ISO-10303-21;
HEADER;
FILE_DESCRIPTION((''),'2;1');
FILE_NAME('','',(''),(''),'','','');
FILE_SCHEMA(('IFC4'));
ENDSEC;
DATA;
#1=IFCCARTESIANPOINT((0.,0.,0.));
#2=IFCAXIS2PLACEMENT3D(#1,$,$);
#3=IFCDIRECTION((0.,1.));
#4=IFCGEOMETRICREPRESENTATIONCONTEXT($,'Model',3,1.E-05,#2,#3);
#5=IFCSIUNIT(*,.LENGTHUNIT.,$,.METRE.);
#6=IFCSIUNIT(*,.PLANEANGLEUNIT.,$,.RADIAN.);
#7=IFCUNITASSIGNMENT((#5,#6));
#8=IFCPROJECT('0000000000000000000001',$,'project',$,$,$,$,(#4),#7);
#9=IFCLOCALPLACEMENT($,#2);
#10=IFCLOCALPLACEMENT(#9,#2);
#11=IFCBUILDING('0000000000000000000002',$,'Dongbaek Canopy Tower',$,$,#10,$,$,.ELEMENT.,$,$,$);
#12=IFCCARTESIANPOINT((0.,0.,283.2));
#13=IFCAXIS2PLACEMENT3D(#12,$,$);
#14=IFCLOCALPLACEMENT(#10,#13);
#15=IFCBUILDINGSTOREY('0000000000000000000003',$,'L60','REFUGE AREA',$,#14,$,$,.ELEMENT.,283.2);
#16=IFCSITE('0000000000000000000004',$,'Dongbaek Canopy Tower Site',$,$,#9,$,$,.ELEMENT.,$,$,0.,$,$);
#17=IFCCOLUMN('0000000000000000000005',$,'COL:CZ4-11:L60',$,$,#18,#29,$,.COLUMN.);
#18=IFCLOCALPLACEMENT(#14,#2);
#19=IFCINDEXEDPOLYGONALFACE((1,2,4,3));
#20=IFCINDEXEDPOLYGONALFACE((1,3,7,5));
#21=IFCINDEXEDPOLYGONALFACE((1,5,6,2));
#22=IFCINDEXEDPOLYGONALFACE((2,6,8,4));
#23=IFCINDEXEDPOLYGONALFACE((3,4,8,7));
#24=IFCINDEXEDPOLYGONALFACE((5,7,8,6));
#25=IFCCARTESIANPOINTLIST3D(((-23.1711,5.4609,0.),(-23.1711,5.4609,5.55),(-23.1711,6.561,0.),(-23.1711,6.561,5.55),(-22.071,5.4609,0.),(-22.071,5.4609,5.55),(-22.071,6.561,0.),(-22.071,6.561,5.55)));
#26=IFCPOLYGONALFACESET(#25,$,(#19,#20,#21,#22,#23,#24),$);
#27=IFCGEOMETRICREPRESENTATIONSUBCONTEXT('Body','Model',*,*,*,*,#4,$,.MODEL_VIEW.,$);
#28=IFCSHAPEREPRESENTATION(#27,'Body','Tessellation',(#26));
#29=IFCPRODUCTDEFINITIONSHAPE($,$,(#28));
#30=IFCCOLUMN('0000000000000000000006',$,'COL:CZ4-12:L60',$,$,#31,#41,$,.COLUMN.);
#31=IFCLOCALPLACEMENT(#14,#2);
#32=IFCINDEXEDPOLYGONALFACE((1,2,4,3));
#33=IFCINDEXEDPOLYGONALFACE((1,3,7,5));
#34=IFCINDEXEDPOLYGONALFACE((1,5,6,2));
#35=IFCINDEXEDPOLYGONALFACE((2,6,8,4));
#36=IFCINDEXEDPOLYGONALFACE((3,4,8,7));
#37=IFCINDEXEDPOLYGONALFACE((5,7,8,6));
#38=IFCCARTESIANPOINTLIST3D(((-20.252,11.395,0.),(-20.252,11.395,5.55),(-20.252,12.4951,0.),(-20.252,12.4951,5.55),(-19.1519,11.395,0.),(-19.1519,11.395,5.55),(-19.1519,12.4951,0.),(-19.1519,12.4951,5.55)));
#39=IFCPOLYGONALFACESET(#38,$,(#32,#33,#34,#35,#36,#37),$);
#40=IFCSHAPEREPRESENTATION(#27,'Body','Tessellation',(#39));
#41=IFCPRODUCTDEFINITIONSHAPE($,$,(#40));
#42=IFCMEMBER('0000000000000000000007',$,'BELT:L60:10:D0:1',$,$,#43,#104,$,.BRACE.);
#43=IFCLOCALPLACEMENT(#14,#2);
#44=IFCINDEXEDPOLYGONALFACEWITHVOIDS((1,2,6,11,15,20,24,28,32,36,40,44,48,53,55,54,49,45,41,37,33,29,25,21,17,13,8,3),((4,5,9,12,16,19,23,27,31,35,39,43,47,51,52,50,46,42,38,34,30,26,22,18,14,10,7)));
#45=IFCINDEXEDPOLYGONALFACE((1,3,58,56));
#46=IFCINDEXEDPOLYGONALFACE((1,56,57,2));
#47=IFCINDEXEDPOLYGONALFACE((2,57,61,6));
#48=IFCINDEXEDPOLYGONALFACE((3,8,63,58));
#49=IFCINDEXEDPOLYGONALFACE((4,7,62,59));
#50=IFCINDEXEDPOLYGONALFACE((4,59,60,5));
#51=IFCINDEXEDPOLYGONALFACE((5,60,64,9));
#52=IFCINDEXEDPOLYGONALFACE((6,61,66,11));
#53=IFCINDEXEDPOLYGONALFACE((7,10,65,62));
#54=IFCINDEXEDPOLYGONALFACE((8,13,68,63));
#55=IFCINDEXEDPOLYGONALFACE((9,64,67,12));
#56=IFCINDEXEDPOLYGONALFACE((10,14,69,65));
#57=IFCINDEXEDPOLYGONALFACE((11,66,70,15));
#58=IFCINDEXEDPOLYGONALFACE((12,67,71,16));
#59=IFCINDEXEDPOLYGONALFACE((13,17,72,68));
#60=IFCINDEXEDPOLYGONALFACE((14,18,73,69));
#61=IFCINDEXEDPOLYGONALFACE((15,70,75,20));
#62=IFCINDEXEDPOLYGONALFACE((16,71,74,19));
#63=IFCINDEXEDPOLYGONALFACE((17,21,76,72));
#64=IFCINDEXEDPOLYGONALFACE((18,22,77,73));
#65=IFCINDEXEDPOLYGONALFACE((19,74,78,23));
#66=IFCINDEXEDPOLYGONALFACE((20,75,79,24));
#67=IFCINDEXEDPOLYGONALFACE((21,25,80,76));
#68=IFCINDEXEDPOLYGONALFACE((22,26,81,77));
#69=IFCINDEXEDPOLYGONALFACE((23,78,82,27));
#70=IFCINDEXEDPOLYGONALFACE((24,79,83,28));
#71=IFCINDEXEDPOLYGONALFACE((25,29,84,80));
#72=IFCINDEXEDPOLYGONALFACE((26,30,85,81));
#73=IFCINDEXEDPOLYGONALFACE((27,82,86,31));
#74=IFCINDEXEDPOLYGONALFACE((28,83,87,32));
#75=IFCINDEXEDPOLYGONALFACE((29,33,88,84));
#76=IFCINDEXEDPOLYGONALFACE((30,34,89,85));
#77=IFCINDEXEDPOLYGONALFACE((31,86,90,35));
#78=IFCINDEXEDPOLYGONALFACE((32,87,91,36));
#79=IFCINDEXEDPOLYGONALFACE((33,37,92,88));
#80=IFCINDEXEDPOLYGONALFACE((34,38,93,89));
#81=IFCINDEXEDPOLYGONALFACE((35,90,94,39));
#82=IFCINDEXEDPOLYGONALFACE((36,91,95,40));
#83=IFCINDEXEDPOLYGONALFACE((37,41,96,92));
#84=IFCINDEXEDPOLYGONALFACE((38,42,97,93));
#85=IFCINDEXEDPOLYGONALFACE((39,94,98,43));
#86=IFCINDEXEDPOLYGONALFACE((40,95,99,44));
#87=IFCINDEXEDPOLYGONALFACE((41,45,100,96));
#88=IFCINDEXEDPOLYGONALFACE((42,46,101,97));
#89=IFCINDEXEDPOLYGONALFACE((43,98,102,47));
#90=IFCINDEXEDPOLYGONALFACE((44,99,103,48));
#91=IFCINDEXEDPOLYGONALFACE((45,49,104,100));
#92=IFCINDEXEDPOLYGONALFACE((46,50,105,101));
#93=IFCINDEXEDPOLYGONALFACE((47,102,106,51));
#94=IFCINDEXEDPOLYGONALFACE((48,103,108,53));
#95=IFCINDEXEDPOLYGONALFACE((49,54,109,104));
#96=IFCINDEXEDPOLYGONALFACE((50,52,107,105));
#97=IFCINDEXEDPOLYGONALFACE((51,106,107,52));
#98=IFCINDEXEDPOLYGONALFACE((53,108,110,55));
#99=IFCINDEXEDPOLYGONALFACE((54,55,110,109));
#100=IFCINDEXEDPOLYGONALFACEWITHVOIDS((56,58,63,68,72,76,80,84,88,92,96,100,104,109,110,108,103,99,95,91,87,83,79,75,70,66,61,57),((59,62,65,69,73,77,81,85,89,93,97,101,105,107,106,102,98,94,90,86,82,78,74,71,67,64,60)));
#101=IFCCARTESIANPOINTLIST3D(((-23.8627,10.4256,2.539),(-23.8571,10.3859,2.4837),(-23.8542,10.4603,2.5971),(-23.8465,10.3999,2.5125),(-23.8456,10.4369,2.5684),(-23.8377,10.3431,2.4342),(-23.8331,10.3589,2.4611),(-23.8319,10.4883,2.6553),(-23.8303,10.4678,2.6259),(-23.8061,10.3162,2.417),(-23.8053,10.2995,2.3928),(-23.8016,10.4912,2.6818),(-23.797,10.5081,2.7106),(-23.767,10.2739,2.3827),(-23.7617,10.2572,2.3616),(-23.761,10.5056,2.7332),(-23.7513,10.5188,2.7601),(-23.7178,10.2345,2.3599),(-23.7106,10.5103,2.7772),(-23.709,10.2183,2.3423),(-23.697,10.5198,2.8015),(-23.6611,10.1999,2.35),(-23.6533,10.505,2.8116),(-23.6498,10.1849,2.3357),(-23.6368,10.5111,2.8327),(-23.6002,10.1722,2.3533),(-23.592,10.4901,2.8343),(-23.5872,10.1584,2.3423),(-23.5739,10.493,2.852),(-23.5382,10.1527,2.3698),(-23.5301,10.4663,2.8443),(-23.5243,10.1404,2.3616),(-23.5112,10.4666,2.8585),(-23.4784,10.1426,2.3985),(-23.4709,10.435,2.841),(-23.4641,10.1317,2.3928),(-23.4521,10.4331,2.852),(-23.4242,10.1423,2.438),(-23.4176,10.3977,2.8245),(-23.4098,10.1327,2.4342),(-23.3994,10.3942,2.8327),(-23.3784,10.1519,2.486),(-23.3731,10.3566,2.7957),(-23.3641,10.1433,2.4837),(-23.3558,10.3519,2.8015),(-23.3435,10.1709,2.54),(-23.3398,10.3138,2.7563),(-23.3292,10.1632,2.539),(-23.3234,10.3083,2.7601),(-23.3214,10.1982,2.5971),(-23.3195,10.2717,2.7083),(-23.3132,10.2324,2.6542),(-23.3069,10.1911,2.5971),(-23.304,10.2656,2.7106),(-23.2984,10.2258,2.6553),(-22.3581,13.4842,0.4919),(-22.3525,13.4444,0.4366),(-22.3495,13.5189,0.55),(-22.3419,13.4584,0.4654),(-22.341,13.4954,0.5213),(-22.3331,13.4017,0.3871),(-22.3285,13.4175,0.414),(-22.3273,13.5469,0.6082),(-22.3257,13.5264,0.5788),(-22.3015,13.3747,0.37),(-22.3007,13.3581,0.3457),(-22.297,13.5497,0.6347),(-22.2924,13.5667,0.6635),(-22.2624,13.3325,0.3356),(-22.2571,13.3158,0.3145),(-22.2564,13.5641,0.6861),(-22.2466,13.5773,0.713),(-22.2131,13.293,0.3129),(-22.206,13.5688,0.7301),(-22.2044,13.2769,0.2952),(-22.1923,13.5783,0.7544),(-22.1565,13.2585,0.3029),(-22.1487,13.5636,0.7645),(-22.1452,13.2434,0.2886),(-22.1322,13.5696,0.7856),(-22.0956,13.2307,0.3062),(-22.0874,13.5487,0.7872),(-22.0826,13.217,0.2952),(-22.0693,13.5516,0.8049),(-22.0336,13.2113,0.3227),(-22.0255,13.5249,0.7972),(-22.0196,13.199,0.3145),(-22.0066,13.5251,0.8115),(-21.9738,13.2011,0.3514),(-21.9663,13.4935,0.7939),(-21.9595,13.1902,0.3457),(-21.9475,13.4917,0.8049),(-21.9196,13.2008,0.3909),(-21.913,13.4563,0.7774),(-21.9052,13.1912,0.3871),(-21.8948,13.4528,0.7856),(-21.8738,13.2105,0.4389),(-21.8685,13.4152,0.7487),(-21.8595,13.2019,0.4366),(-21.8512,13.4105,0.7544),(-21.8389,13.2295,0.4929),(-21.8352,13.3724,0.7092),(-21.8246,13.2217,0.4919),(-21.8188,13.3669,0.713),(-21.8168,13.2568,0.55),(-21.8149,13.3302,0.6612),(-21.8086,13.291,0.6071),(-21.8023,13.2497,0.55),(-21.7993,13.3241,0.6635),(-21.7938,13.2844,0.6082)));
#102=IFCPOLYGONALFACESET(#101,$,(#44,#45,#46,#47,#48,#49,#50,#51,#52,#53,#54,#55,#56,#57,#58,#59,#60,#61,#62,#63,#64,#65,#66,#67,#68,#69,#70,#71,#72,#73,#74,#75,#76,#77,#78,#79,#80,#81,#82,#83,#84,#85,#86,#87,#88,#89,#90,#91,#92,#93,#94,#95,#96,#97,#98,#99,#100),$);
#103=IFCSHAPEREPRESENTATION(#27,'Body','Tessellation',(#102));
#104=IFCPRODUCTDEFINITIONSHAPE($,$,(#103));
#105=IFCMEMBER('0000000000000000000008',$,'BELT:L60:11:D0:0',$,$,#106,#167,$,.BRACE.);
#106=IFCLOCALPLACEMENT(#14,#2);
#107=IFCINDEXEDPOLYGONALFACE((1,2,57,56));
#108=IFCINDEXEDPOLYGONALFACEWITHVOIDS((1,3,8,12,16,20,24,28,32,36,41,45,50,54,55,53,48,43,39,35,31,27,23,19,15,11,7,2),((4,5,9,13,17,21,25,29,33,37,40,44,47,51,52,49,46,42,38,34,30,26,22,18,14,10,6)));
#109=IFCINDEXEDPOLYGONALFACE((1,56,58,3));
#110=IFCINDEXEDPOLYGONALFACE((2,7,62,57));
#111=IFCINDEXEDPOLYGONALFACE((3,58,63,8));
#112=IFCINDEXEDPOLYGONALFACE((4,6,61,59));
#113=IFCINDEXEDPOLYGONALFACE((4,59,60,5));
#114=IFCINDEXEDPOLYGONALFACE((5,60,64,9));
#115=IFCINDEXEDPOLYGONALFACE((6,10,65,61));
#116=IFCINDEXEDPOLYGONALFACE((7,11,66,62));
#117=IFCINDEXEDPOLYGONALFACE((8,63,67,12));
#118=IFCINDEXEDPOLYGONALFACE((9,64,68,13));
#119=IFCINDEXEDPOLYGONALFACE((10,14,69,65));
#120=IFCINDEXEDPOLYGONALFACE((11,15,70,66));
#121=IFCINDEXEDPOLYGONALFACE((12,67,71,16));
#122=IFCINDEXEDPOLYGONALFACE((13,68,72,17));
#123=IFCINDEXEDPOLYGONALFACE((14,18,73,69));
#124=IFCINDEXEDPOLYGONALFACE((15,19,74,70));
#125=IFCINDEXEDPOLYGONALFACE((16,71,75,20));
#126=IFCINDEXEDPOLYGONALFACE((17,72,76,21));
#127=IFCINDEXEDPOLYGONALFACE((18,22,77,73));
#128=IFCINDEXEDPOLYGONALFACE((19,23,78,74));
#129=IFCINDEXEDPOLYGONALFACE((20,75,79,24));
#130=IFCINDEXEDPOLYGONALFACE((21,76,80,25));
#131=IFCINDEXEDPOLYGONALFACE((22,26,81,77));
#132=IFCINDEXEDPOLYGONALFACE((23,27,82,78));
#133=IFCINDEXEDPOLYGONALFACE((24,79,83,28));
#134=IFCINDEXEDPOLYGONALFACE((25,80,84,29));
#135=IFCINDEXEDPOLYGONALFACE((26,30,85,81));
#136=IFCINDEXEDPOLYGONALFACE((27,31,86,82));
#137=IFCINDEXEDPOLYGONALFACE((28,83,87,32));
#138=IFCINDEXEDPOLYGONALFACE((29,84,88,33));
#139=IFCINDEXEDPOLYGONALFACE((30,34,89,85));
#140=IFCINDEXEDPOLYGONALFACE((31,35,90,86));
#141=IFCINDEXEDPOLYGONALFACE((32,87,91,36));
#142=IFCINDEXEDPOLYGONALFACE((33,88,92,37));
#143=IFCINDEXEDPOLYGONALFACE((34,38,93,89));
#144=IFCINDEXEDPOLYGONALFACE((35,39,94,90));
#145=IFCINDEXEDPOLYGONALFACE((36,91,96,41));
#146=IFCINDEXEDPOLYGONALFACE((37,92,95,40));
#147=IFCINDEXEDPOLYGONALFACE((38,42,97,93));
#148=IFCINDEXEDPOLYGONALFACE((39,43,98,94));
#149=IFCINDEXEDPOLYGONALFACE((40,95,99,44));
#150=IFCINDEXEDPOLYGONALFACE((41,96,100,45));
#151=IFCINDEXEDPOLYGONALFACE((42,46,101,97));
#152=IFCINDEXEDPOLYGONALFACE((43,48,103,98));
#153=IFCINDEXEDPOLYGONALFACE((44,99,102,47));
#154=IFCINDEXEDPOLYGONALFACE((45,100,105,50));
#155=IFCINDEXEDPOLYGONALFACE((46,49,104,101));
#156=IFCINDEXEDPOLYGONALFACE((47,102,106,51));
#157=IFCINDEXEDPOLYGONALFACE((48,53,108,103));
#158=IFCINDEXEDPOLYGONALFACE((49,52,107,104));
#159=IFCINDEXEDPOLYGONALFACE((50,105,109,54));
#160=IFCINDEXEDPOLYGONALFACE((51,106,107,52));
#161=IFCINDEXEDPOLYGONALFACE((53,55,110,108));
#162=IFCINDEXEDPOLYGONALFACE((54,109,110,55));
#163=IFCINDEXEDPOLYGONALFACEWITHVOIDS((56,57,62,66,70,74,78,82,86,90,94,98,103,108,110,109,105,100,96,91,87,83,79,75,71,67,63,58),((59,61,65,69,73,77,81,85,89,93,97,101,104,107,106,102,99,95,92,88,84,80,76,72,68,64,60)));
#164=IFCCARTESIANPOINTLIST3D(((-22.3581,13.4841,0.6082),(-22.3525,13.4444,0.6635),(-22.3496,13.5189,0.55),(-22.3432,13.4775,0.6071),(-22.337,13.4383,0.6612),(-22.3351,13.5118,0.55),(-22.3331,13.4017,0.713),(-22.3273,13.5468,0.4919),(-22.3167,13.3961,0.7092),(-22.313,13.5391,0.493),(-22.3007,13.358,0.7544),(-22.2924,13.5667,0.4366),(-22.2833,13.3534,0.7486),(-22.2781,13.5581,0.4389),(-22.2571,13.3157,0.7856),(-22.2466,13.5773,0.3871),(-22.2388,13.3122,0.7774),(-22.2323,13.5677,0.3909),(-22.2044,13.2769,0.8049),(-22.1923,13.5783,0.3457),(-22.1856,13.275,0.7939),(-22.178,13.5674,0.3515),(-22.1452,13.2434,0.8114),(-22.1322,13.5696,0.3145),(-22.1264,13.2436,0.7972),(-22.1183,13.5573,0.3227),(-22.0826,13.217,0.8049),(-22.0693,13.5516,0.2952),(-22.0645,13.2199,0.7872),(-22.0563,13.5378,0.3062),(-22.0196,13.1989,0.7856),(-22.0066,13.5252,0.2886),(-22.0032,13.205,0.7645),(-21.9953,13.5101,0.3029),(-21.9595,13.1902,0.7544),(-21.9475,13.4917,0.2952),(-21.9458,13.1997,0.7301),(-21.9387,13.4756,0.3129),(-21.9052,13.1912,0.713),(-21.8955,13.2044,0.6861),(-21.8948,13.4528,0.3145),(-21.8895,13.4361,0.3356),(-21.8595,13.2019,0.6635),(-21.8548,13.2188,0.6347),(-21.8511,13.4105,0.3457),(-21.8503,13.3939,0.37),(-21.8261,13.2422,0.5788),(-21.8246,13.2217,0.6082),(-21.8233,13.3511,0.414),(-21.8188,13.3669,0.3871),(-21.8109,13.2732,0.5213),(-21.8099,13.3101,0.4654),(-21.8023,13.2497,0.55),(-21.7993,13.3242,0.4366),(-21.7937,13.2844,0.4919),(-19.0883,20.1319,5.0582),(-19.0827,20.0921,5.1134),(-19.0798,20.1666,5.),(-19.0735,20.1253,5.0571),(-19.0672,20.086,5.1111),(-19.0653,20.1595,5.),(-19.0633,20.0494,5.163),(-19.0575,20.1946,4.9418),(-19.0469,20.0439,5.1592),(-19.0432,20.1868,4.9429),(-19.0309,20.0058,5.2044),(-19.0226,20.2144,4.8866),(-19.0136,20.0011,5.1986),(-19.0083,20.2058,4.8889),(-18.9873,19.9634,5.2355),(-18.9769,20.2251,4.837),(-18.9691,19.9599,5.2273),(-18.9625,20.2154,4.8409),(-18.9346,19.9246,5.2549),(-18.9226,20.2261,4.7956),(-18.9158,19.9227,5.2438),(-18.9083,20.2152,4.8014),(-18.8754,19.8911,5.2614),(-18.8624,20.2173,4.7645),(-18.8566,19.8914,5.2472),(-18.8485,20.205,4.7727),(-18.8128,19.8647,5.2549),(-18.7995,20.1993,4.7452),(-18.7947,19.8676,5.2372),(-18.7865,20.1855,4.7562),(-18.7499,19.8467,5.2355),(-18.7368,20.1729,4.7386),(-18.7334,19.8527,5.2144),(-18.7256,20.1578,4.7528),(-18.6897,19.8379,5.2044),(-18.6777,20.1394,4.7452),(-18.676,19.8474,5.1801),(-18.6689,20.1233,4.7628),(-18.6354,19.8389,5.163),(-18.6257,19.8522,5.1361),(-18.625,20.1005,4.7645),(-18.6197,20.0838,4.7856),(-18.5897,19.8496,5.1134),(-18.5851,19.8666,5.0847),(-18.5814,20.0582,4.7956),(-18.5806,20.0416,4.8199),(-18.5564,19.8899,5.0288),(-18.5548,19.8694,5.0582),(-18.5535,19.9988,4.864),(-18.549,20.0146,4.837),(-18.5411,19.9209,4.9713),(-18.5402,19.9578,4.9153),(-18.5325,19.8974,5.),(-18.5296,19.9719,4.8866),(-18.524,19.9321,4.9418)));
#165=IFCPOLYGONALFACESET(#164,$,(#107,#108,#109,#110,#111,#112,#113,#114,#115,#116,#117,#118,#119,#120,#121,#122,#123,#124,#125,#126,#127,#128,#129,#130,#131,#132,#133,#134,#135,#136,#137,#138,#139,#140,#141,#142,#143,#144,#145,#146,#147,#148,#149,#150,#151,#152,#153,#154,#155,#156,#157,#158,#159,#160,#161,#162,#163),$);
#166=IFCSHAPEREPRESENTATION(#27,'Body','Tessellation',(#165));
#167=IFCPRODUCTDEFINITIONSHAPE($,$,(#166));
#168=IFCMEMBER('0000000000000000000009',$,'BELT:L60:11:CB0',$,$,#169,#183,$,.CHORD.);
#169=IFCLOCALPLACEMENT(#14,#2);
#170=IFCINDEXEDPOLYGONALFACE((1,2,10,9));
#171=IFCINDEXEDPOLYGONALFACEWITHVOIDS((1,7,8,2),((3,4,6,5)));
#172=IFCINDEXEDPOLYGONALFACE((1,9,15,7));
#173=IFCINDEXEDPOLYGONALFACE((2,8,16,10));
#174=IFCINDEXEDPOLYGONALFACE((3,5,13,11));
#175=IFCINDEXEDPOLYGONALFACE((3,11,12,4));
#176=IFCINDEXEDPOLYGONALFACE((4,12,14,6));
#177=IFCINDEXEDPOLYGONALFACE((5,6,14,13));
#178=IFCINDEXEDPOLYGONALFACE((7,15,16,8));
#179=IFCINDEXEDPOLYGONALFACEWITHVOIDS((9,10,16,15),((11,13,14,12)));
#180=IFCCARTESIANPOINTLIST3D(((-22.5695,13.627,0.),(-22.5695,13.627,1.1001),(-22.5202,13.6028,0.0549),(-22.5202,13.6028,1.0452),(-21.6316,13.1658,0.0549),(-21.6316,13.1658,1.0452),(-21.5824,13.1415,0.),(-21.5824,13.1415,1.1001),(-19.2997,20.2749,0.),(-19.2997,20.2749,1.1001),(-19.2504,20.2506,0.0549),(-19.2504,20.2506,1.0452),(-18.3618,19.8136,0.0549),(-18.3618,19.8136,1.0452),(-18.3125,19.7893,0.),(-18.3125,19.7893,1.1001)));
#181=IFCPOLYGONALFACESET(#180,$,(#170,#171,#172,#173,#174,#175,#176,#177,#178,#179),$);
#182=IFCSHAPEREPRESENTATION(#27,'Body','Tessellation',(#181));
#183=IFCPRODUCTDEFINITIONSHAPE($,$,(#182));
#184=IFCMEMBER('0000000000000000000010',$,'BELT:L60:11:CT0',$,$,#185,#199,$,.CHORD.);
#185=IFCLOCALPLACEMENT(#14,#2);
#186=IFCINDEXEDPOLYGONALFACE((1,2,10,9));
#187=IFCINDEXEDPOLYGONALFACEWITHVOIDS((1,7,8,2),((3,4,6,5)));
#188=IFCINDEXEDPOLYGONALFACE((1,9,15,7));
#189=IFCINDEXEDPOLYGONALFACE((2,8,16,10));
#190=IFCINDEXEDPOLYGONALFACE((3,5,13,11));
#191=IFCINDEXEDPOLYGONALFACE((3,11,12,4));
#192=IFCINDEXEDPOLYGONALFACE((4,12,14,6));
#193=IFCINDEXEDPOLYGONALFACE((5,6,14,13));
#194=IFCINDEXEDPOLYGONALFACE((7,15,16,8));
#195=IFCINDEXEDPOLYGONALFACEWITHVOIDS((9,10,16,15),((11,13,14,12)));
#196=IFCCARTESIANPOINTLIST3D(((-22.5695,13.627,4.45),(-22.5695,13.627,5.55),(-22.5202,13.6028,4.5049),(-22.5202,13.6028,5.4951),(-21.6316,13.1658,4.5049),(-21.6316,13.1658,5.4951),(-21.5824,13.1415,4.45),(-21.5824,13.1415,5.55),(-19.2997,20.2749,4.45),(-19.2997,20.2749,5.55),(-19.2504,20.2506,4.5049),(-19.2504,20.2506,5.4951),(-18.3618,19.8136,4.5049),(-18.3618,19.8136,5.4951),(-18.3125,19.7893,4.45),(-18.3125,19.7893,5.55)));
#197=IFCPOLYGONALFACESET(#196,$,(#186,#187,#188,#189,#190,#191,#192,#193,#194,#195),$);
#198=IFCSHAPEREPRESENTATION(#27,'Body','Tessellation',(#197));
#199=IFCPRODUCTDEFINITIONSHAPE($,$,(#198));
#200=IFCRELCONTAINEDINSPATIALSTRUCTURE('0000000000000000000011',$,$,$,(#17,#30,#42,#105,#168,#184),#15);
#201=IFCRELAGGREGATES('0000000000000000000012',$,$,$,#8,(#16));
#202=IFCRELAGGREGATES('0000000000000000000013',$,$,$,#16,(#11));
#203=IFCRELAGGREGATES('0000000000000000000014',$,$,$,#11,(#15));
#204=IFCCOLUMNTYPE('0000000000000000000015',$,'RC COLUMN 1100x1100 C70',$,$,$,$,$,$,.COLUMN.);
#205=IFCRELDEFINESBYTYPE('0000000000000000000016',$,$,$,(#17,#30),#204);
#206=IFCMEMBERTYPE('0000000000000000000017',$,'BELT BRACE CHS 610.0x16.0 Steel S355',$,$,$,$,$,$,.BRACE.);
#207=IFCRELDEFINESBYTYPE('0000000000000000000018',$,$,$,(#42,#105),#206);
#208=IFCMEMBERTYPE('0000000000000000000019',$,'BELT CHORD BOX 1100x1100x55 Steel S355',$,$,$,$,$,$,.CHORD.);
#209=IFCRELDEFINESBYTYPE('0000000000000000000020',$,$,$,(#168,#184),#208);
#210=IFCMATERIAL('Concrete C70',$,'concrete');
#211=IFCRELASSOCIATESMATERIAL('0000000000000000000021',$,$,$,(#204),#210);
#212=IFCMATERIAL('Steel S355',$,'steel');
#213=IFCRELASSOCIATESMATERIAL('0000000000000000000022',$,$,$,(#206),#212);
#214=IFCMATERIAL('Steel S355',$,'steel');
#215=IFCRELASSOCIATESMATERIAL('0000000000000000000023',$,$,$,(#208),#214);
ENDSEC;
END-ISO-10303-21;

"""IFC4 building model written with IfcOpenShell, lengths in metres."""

from ifc_helpers import new_model, si_unit, direction, frame, origin, origin_2d, place, context, subcontext, project, spatial, rectangle, hollow_rectangle, hollow_circle, extrude, material, material_profile, profile_set, type_object, element, save


model = new_model("IFC4")

# Units and contexts
model_context = context("Model", 3, precision=1e-05, world=origin(), true_north=direction((0.0, 1.0)))
body_context = subcontext(model_context, "Body", "Model", "MODEL_VIEW")
ifc_project = project(units=[si_unit("LENGTHUNIT", "METRE"), si_unit("PLANEANGLEUNIT", "RADIAN")], contexts=[model_context])

# Site, building, storey
site_placement = place(None, origin())
site = spatial("IfcSite", under=ifc_project, at=site_placement, Name="Dongbaek Canopy Tower Site", CompositionType="ELEMENT", RefElevation=0.0)
building_placement = place(site_placement, origin())
building = spatial("IfcBuilding", under=site, at=building_placement, Name="Dongbaek Canopy Tower", CompositionType="ELEMENT")
storey_placement = place(building_placement, frame((0.0, 0.0, 283.2)))
storey = spatial("IfcBuildingStorey", under=building, at=storey_placement, Name="L60", Description="REFUGE AREA", CompositionType="ELEMENT", Elevation=283.2)

# Columns
ifc_material_1 = material(Name="Concrete C70", Category="concrete")
ifc_material_profile_1 = material_profile(ifc_material_1, rectangle(XDim=1.1001, YDim=1.1001, at=origin_2d()), Name="RC COLUMN 1100x1100 C70")
ifc_profile_set_1 = profile_set([ifc_material_profile_1], Name="Concrete C70")
column_type = type_object("IfcColumnType", Name="RC COLUMN 1100x1100 C70", PredefinedType="COLUMN", material=ifc_profile_set_1)
for number, where, z_axis, x_axis, name in (
    (1, (-22.6211, 6.011, 0.0), (0.0, 0.0, 1.0), (1.0, 0.0, 0.0), "COL:CZ4-11:L60"),
    (2, (-19.7019, 11.9451, 0.0), (0.0, 0.0, 1.0), (1.0, 0.0, 0.0), "COL:CZ4-12:L60"),
):
    element("IfcColumn", number, at=place(storey_placement, frame(where, z_axis=z_axis, x_axis=x_axis)), inside=storey, type_object=column_type, Name=name, PredefinedType="COLUMN", context=body_context, shape_type="SweptSolid", body=[
        extrude(rectangle(XDim=1.1001, YDim=1.1001, at=origin_2d()), origin(), (0.0, 0.0, 1.0), 5.55),
    ])

# Members
ifc_material_2 = material(Name="Steel S355", Category="steel")
ifc_material_profile_2 = material_profile(ifc_material_2, hollow_circle(Radius=0.3049, WallThickness=0.0161, at=origin_2d()), Name="BELT BRACE CHS 610.0x16.0 Steel S355")
ifc_profile_set_2 = profile_set([ifc_material_profile_2], Name="Steel S355")
member_type_1 = type_object("IfcMemberType", Name="BELT BRACE CHS 610.0x16.0 Steel S355", PredefinedType="BRACE", material=ifc_profile_set_2)
member_1_placement = place(storey_placement, frame((-22.0759, 13.3843, 0.55), z_axis=(-0.378418, -0.769238, 0.514852), x_axis=(0.897302, -0.441417, 0.0)))
element("IfcMember", 3, at=member_1_placement, inside=storey, type_object=member_type_1, Name="BELT:L60:10:D0:1", PredefinedType="BRACE", context=body_context, shape_type="SweptSolid", body=[
    extrude(hollow_circle(Radius=0.3049, WallThickness=0.0161, at=origin_2d()), origin(), (0.0, 0.0, 1.0), 3.9761),
])
member_2_placement = place(storey_placement, frame((-22.0759, 13.3843, 0.55), z_axis=(0.378355, 0.769225, 0.514917), x_axis=(-0.897328, 0.441364, 0.0)))
element("IfcMember", 4, at=member_2_placement, inside=storey, type_object=member_type_1, Name="BELT:L60:11:D0:0", PredefinedType="BRACE", context=body_context, shape_type="SweptSolid", body=[
    extrude(hollow_circle(Radius=0.3049, WallThickness=0.0161, at=origin_2d()), origin(), (0.0, 0.0, 1.0), 8.6421),
])
ifc_material_3 = material(Name="Steel S355", Category="steel")
ifc_material_profile_3 = material_profile(ifc_material_3, hollow_rectangle(XDim=1.1001, YDim=1.1001, WallThickness=0.0549, at=origin_2d()), Name="BELT CHORD BOX 1100x1100x55 Steel S355")
ifc_profile_set_3 = profile_set([ifc_material_profile_3], Name="Steel S355")
member_type_2 = type_object("IfcMemberType", Name="BELT CHORD BOX 1100x1100x55 Steel S355", PredefinedType="CHORD", material=ifc_profile_set_3)
for number, where, z_axis, x_axis, name in (
    (5, (-22.0759, 13.3843, 0.55), (0.441364, 0.897328, 0.0), (-0.897328, 0.441364, 0.0), "BELT:L60:11:CB0"),
    (6, (-22.0759, 13.3843, 5.0), (0.441364, 0.897328, 0.0), (-0.897328, 0.441364, 0.0), "BELT:L60:11:CT0"),
):
    element("IfcMember", number, at=place(storey_placement, frame(where, z_axis=z_axis, x_axis=x_axis)), inside=storey, type_object=member_type_2, Name=name, PredefinedType="CHORD", context=body_context, shape_type="SweptSolid", body=[
        extrude(hollow_rectangle(XDim=1.1001, YDim=1.1001, WallThickness=0.0549, at=origin_2d()), origin(), (0.0, 0.0, 1.0), 7.4084),
    ])

save(model, "model.ifc")
